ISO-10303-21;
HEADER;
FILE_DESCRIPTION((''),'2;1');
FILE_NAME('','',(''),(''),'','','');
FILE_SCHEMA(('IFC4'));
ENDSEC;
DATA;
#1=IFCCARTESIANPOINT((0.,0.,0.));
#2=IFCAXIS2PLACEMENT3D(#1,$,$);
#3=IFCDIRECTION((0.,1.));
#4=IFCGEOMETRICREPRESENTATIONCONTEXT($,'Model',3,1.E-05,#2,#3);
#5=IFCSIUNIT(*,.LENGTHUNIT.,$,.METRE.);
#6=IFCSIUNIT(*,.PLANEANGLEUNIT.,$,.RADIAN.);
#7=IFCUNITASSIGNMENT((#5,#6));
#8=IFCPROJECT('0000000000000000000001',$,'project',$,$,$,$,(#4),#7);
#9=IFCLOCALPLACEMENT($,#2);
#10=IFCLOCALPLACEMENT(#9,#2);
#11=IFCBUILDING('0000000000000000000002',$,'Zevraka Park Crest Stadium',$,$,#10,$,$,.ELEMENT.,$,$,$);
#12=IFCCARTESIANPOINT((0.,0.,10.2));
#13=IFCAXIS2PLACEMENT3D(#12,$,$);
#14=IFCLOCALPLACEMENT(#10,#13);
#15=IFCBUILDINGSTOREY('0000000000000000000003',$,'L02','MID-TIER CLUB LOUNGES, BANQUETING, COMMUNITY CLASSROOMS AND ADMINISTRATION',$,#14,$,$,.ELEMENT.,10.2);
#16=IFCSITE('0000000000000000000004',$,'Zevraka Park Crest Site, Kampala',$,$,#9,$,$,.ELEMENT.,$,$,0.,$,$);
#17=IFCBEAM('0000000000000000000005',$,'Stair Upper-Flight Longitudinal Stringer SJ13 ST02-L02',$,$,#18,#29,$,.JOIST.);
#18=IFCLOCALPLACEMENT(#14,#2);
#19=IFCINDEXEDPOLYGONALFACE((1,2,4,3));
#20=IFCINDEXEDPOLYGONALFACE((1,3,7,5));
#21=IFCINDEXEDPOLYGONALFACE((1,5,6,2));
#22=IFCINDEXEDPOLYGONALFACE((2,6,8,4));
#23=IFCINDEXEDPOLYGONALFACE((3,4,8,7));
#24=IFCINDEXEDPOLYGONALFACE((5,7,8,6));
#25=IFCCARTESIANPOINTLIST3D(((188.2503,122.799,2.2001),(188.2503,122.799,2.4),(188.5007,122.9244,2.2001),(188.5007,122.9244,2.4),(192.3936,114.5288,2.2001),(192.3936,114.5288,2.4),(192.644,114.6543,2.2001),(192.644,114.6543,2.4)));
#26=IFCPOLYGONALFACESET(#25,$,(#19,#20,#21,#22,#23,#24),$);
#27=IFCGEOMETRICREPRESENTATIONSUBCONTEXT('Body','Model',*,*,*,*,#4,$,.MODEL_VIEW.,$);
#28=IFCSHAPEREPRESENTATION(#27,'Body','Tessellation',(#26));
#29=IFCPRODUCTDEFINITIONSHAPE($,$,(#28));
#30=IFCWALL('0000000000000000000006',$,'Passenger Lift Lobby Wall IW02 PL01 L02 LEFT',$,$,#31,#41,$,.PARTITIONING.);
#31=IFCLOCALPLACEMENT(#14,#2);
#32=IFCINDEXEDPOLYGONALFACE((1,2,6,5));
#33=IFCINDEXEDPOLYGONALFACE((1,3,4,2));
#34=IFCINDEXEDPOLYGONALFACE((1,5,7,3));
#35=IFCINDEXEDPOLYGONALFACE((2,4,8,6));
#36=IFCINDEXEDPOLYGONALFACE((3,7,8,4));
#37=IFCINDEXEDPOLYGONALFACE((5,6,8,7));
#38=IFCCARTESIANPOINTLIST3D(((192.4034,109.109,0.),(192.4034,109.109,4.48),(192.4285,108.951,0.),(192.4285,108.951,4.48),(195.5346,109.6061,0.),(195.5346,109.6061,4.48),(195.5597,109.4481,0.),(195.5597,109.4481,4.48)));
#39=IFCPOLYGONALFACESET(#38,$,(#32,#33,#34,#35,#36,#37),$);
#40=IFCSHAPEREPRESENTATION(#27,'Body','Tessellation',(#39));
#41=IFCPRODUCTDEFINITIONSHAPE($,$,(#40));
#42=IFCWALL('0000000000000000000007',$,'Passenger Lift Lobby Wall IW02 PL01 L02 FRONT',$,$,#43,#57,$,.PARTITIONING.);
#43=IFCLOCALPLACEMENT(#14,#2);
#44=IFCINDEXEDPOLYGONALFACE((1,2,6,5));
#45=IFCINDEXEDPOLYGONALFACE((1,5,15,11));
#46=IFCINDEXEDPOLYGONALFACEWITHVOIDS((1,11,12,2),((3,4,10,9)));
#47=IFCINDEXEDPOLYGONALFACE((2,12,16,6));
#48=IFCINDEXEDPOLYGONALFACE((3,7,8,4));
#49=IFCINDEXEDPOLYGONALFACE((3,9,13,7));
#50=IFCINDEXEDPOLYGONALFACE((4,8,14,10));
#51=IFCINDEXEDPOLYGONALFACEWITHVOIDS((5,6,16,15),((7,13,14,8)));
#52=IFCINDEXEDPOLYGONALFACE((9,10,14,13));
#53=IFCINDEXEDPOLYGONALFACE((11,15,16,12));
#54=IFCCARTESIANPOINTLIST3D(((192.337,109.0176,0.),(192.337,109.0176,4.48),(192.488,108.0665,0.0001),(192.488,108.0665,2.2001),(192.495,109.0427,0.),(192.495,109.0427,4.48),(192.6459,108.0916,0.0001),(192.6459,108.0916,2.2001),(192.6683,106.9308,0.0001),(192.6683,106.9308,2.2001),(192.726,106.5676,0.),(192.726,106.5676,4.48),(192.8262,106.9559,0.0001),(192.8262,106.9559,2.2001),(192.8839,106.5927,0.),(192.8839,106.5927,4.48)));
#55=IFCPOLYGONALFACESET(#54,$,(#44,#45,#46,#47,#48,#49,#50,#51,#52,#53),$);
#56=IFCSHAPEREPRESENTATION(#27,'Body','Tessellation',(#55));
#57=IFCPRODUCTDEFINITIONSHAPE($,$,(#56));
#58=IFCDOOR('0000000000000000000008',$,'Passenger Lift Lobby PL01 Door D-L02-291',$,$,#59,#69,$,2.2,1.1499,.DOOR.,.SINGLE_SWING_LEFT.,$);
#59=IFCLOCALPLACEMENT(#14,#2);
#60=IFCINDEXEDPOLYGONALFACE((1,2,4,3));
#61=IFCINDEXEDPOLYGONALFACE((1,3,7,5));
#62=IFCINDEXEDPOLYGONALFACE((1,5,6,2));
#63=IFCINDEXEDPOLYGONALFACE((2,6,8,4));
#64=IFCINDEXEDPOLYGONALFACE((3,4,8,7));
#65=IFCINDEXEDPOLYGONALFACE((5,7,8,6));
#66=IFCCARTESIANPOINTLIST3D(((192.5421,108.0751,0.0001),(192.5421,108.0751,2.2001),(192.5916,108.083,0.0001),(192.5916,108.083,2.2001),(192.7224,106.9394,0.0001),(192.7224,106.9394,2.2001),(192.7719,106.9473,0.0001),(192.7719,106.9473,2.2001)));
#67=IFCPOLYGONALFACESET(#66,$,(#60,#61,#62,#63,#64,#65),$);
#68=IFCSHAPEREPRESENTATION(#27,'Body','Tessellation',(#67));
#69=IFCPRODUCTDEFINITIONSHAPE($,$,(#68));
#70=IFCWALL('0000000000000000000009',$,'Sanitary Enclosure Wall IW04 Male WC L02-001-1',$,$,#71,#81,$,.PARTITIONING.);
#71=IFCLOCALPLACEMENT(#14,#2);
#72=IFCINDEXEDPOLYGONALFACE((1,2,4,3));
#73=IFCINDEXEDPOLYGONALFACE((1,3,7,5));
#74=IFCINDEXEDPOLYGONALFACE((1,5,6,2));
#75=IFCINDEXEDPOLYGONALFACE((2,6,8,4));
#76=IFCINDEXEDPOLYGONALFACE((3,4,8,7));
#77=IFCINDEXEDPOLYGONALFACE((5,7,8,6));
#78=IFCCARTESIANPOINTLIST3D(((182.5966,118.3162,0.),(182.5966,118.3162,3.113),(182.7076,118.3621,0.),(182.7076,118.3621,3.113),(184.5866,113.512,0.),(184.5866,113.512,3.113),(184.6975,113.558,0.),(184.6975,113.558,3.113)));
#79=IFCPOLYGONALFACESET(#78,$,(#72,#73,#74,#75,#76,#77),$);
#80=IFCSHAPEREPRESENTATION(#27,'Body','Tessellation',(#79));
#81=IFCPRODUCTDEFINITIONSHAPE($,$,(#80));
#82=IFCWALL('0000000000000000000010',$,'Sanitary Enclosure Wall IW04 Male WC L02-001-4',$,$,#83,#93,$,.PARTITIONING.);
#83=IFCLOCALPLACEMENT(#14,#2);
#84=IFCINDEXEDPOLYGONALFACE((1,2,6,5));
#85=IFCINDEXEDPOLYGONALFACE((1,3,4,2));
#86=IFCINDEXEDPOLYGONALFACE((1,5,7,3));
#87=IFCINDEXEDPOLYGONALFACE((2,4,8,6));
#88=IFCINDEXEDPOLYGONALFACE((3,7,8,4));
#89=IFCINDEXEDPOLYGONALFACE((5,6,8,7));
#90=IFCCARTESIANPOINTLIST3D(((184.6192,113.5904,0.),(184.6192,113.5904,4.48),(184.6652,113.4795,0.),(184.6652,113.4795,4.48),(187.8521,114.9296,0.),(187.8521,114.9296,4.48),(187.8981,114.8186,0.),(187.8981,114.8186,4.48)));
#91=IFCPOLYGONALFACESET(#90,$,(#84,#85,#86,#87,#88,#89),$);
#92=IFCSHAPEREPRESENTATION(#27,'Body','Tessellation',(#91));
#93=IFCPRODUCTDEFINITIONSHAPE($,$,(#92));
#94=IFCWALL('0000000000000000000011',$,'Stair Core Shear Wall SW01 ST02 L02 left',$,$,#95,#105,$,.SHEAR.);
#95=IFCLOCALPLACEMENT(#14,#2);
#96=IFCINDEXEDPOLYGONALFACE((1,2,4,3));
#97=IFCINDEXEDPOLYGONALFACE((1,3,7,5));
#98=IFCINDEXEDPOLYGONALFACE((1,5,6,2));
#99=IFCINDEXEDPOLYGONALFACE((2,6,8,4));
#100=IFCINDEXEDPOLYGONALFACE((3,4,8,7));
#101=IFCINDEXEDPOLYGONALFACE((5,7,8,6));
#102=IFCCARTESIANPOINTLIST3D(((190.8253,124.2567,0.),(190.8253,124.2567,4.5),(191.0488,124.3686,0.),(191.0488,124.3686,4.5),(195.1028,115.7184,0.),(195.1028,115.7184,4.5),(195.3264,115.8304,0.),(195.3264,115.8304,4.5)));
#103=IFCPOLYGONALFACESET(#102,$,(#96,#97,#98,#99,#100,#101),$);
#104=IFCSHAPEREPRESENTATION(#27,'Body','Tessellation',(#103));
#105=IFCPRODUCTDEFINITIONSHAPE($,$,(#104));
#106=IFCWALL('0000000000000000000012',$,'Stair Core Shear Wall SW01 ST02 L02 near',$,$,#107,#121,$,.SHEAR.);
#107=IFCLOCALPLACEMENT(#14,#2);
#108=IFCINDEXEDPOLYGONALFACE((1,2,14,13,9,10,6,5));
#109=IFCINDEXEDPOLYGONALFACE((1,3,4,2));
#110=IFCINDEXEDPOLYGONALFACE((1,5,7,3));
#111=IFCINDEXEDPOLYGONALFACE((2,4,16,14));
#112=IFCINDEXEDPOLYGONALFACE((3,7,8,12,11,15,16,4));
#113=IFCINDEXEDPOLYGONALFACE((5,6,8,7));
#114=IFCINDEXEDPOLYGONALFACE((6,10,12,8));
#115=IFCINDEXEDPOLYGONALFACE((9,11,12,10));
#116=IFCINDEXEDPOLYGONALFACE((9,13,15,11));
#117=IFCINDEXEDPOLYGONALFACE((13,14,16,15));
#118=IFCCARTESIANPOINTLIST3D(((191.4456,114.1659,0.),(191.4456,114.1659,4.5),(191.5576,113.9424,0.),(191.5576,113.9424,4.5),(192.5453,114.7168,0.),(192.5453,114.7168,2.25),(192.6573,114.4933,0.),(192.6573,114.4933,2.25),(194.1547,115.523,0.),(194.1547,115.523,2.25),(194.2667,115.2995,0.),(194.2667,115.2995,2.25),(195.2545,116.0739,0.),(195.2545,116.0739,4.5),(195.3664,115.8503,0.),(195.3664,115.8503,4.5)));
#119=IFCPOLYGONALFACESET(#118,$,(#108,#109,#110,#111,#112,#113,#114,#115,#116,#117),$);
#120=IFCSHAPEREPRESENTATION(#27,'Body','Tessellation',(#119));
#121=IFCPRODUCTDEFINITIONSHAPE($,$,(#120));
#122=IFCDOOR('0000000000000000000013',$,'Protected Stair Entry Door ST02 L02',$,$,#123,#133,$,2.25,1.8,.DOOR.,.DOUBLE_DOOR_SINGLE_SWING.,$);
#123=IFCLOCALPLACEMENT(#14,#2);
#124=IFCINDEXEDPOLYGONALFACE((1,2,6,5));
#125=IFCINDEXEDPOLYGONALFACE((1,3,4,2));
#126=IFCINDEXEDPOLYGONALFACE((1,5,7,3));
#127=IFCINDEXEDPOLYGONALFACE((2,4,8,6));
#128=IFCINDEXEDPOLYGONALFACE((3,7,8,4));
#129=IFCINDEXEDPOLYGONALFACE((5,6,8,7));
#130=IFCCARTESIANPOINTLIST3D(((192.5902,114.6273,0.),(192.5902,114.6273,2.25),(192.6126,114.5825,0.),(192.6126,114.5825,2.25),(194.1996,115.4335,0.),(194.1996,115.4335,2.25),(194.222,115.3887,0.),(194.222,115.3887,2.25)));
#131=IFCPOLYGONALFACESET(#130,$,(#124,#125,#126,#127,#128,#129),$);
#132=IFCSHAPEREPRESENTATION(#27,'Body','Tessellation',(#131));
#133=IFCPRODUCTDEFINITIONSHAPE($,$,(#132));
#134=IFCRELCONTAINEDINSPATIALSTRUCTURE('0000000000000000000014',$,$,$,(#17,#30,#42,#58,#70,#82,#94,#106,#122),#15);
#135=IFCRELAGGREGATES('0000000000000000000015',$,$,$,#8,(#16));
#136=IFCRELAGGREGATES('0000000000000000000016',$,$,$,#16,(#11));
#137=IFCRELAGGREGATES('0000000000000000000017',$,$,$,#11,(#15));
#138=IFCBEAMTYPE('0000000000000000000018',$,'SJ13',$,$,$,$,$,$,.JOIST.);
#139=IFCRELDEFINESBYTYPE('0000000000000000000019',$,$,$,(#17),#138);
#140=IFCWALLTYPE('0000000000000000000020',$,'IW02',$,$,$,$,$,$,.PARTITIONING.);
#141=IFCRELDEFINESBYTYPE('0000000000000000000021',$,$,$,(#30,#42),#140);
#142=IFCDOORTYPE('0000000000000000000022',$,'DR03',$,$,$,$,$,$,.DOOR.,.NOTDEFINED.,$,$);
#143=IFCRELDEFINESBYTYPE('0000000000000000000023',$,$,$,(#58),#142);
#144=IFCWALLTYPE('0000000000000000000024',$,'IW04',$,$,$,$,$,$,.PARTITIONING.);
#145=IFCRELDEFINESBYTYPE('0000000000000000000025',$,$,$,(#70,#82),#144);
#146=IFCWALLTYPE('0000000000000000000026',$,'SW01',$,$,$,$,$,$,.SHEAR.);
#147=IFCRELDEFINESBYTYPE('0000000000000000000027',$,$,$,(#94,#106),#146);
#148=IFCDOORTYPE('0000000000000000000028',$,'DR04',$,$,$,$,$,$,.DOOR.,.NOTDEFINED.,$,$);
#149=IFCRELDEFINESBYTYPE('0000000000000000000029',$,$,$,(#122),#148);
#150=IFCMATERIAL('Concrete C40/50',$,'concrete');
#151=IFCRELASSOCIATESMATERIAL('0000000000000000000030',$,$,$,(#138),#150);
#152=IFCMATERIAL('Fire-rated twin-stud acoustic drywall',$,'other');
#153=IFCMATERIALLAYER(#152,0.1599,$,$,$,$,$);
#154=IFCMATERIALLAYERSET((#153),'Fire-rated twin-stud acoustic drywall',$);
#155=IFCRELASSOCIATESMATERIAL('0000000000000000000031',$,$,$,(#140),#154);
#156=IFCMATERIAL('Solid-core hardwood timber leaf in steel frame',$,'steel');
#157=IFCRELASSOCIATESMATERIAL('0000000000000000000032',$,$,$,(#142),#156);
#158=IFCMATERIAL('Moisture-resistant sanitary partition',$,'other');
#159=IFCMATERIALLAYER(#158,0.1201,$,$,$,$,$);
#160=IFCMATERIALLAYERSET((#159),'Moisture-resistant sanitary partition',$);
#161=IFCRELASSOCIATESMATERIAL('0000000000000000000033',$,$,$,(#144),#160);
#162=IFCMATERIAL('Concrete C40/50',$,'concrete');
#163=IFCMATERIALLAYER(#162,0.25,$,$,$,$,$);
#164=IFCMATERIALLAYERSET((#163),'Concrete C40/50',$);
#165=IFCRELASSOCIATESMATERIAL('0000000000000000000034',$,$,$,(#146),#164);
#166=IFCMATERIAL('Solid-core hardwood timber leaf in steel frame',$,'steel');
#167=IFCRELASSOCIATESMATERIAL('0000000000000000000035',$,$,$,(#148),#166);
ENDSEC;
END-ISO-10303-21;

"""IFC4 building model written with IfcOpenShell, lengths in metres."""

from ifc_helpers import new_model, si_unit, direction, frame, frame_2d, origin, origin_2d, place, context, subcontext, project, spatial, rectangle, extrude, material, layer, layer_set, material_profile, profile_set, type_object, element, fill, save


model = new_model("IFC4")

# Units and contexts
model_context = context("Model", 3, precision=1e-05, world=origin(), true_north=direction((0.0, 1.0)))
body_context = subcontext(model_context, "Body", "Model", "MODEL_VIEW")
ifc_project = project(units=[si_unit("LENGTHUNIT", "METRE"), si_unit("PLANEANGLEUNIT", "RADIAN")], contexts=[model_context])

# Site, building, storey
site_placement = place(None, origin())
site = spatial("IfcSite", under=ifc_project, at=site_placement, Name="Zevraka Park Crest Site, Kampala", CompositionType="ELEMENT", RefElevation=0.0)
building_placement = place(site_placement, origin())
building = spatial("IfcBuilding", under=site, at=building_placement, Name="Zevraka Park Crest Stadium", CompositionType="ELEMENT")
storey_placement = place(building_placement, frame((0.0, 0.0, 10.2)))
storey = spatial("IfcBuildingStorey", under=building, at=storey_placement, Name="L02", Description="MID-TIER CLUB LOUNGES, BANQUETING, COMMUNITY CLASSROOMS AND ADMINISTRATION", CompositionType="ELEMENT", Elevation=10.2)

# Beam
ifc_material_1 = material(Name="Concrete C40/50", Category="concrete")
ifc_material_profile_1 = material_profile(ifc_material_1, rectangle(XDim=0.28, YDim=0.2, at=origin_2d()), Name="RC 200x280")
ifc_profile_set_1 = profile_set([ifc_material_profile_1], Name="Concrete C40/50")
beam_type_1 = type_object("IfcBeamType", Name="SJ13", PredefinedType="JOIST", material=ifc_profile_set_1)
beam_1_placement = place(storey_placement, frame((192.5188, 114.5916, 2.3), z_axis=(-0.447921, 0.894073, 0.0), x_axis=(-0.894073, -0.447921, 0.0)))
element("IfcBeam", 1, at=beam_1_placement, inside=storey, type_object=beam_type_1, Name="Stair Upper-Flight Longitudinal Stringer SJ13 ST02-L02", PredefinedType="JOIST", context=body_context, shape_type="SweptSolid", body=[
    extrude(rectangle(XDim=0.28, YDim=0.2, at=origin_2d()), origin(), (0.0, 0.0, 1.0), 9.25),
])

# Wall
ifc_material_2 = material(Name="Fire-rated twin-stud acoustic drywall", Category="other")
ifc_layer_1 = layer(ifc_material_2, 0.1599)
ifc_layer_set_1 = layer_set([ifc_layer_1], Name="Fire-rated twin-stud acoustic drywall")
wall_type_1 = type_object("IfcWallType", Name="IW02", PredefinedType="PARTITIONING", material=ifc_layer_set_1)
wall_1_placement = place(storey_placement, frame((195.5471, 109.5271, 0.0), z_axis=(0.0, 0.0, 1.0), x_axis=(-0.987632, -0.156789, 0.0)))
element("IfcWall", 2, at=wall_1_placement, inside=storey, type_object=wall_type_1, Name="Passenger Lift Lobby Wall IW02 PL01 L02 LEFT", PredefinedType="PARTITIONING", context=body_context, shape_type="SweptSolid", body=[
    extrude(rectangle(XDim=3.1704, YDim=0.1599, at=frame_2d((1.5852, 0.0))), origin(), (0.0, 0.0, 1.0), 4.48),
])

# Wall, opening, door
wall_2_placement = place(storey_placement, frame((192.416, 109.03, 0.0), z_axis=(0.0, 0.0, 1.0), x_axis=(0.156781, -0.987633, 0.0)))
wall_2 = element("IfcWall", 3, at=wall_2_placement, inside=storey, type_object=wall_type_1, Name="Passenger Lift Lobby Wall IW02 PL01 L02 FRONT", PredefinedType="PARTITIONING", context=body_context, shape_type="SweptSolid", body=[
    extrude(rectangle(XDim=2.4807, YDim=0.1599, at=frame_2d((1.2402, 0.0))), origin(), (0.0, 0.0, 1.0), 4.48),
])
opening_1_placement = place(wall_2_placement, frame((0.9629, 0.0, 0.0)))
opening_1 = element("IfcOpeningElement", 4, at=opening_1_placement, cuts=wall_2, PredefinedType="OPENING", context=body_context, shape_type="SweptSolid", body=[
    extrude(rectangle(XDim=1.1499, YDim=2.2, at=frame_2d((0.575, 1.1001))), frame((0.0, 0.0898, 0.0), z_axis=(0.0, -1.0, 0.0), x_axis=(1.0, 0.0, 0.0)), (0.0, 0.0, 1.0), 0.1799),
])
ifc_material_3 = material(Name="Solid-core hardwood timber leaf in steel frame", Category="steel")
door_type_1 = type_object("IfcDoorType", Name="DR03", OperationType="NOTDEFINED", PredefinedType="DOOR", material=ifc_material_3)
door_1_placement = place(opening_1_placement, origin())
door_1 = element("IfcDoor", 5, at=door_1_placement, inside=storey, type_object=door_type_1, Name="Passenger Lift Lobby PL01 Door D-L02-291", OperationType="SINGLE_SWING_LEFT", OverallHeight=2.2, OverallWidth=1.1499, PredefinedType="DOOR", context=body_context, shape_type="SweptSolid", body=[
    extrude(rectangle(XDim=1.1499, YDim=2.2, at=frame_2d((0.575, 1.1001))), frame((0.0, 0.0249, 0.0), z_axis=(0.0, -1.0, 0.0), x_axis=(1.0, 0.0, 0.0)), (0.0, 0.0, 1.0), 0.05),
])
fill(opening_1, door_1)

# Walls
ifc_material_4 = material(Name="Moisture-resistant sanitary partition", Category="other")
ifc_layer_2 = layer(ifc_material_4, 0.1201)
ifc_layer_set_2 = layer_set([ifc_layer_2], Name="Moisture-resistant sanitary partition")
wall_type_2 = type_object("IfcWallType", Name="IW04", PredefinedType="PARTITIONING", material=ifc_layer_set_2)
wall_3_placement = place(storey_placement, frame((184.6421, 113.5349, 0.0), z_axis=(0.0, 0.0, 1.0), x_axis=(-0.382688, 0.923878, 0.0)))
element("IfcWall", 6, at=wall_3_placement, inside=storey, type_object=wall_type_2, Name="Sanitary Enclosure Wall IW04 Male WC L02-001-1", PredefinedType="PARTITIONING", context=body_context, shape_type="SweptSolid", body=[
    extrude(rectangle(XDim=5.2, YDim=0.1201, at=frame_2d((2.6001, 0.0))), origin(), (0.0, 0.0, 1.0), 3.113),
])
wall_4_placement = place(storey_placement, frame((187.875, 114.874, 0.0), z_axis=(0.0, 0.0, 1.0), x_axis=(-0.92388, -0.382682, 0.0)))
element("IfcWall", 7, at=wall_4_placement, inside=storey, type_object=wall_type_2, Name="Sanitary Enclosure Wall IW04 Male WC L02-001-4", PredefinedType="PARTITIONING", context=body_context, shape_type="SweptSolid", body=[
    extrude(rectangle(XDim=3.4993, YDim=0.1201, at=frame_2d((1.7495, 0.0))), origin(), (0.0, 0.0, 1.0), 4.48),
])
ifc_material_5 = material(Name="Concrete C40/50", Category="concrete")
ifc_layer_3 = layer(ifc_material_5, 0.25)
ifc_layer_set_3 = layer_set([ifc_layer_3], Name="Concrete C40/50")
wall_type_3 = type_object("IfcWallType", Name="SW01", PredefinedType="SHEAR", material=ifc_layer_set_3)
wall_5_placement = place(storey_placement, frame((195.2146, 115.7744, 0.0), z_axis=(0.0, 0.0, 1.0), x_axis=(-0.447919, 0.894074, 0.0)))
element("IfcWall", 8, at=wall_5_placement, inside=storey, type_object=wall_type_3, Name="Stair Core Shear Wall SW01 ST02 L02 left", PredefinedType="SHEAR", context=body_context, shape_type="SweptSolid", body=[
    extrude(rectangle(XDim=9.5498, YDim=0.25, at=frame_2d((4.7749, 0.0))), origin(), (0.0, 0.0, 1.0), 4.5),
])

# Wall, opening, door
wall_6_placement = place(storey_placement, frame((191.5017, 114.0542, 0.0), z_axis=(0.0, 0.0, 1.0), x_axis=(0.894095, 0.447878, 0.0)))
wall_6 = element("IfcWall", 9, at=wall_6_placement, inside=storey, type_object=wall_type_3, Name="Stair Core Shear Wall SW01 ST02 L02 near", PredefinedType="SHEAR", context=body_context, shape_type="SweptSolid", body=[
    extrude(rectangle(XDim=4.26, YDim=0.25, at=frame_2d((2.1299, 0.0))), origin(), (0.0, 0.0, 1.0), 4.5),
])
opening_2_placement = place(wall_6_placement, frame((1.23, 0.0, 0.0)))
opening_2 = element("IfcOpeningElement", 10, at=opening_2_placement, cuts=wall_6, PredefinedType="OPENING", context=body_context, shape_type="SweptSolid", body=[
    extrude(rectangle(XDim=1.8, YDim=2.25, at=frame_2d((0.8999, 1.125))), frame((0.0, 0.135, 0.0), z_axis=(0.0, -1.0, 0.0), x_axis=(1.0, 0.0, 0.0)), (0.0, 0.0, 1.0), 0.27),
])
ifc_material_6 = material(Name="Solid-core hardwood timber leaf in steel frame", Category="steel")
door_type_2 = type_object("IfcDoorType", Name="DR04", OperationType="NOTDEFINED", PredefinedType="DOOR", material=ifc_material_6)
door_2_placement = place(opening_2_placement, origin())
door_2 = element("IfcDoor", 11, at=door_2_placement, inside=storey, type_object=door_type_2, Name="Protected Stair Entry Door ST02 L02", OperationType="DOUBLE_DOOR_SINGLE_SWING", OverallHeight=2.25, OverallWidth=1.8, PredefinedType="DOOR", context=body_context, shape_type="SweptSolid", body=[
    extrude(rectangle(XDim=1.8, YDim=2.25, at=frame_2d((0.8999, 1.125))), frame((0.0, 0.0249, 0.0), z_axis=(0.0, -1.0, 0.0), x_axis=(1.0, 0.0, 0.0)), (0.0, 0.0, 1.0), 0.05),
])
fill(opening_2, door_2)

save(model, "model.ifc")
